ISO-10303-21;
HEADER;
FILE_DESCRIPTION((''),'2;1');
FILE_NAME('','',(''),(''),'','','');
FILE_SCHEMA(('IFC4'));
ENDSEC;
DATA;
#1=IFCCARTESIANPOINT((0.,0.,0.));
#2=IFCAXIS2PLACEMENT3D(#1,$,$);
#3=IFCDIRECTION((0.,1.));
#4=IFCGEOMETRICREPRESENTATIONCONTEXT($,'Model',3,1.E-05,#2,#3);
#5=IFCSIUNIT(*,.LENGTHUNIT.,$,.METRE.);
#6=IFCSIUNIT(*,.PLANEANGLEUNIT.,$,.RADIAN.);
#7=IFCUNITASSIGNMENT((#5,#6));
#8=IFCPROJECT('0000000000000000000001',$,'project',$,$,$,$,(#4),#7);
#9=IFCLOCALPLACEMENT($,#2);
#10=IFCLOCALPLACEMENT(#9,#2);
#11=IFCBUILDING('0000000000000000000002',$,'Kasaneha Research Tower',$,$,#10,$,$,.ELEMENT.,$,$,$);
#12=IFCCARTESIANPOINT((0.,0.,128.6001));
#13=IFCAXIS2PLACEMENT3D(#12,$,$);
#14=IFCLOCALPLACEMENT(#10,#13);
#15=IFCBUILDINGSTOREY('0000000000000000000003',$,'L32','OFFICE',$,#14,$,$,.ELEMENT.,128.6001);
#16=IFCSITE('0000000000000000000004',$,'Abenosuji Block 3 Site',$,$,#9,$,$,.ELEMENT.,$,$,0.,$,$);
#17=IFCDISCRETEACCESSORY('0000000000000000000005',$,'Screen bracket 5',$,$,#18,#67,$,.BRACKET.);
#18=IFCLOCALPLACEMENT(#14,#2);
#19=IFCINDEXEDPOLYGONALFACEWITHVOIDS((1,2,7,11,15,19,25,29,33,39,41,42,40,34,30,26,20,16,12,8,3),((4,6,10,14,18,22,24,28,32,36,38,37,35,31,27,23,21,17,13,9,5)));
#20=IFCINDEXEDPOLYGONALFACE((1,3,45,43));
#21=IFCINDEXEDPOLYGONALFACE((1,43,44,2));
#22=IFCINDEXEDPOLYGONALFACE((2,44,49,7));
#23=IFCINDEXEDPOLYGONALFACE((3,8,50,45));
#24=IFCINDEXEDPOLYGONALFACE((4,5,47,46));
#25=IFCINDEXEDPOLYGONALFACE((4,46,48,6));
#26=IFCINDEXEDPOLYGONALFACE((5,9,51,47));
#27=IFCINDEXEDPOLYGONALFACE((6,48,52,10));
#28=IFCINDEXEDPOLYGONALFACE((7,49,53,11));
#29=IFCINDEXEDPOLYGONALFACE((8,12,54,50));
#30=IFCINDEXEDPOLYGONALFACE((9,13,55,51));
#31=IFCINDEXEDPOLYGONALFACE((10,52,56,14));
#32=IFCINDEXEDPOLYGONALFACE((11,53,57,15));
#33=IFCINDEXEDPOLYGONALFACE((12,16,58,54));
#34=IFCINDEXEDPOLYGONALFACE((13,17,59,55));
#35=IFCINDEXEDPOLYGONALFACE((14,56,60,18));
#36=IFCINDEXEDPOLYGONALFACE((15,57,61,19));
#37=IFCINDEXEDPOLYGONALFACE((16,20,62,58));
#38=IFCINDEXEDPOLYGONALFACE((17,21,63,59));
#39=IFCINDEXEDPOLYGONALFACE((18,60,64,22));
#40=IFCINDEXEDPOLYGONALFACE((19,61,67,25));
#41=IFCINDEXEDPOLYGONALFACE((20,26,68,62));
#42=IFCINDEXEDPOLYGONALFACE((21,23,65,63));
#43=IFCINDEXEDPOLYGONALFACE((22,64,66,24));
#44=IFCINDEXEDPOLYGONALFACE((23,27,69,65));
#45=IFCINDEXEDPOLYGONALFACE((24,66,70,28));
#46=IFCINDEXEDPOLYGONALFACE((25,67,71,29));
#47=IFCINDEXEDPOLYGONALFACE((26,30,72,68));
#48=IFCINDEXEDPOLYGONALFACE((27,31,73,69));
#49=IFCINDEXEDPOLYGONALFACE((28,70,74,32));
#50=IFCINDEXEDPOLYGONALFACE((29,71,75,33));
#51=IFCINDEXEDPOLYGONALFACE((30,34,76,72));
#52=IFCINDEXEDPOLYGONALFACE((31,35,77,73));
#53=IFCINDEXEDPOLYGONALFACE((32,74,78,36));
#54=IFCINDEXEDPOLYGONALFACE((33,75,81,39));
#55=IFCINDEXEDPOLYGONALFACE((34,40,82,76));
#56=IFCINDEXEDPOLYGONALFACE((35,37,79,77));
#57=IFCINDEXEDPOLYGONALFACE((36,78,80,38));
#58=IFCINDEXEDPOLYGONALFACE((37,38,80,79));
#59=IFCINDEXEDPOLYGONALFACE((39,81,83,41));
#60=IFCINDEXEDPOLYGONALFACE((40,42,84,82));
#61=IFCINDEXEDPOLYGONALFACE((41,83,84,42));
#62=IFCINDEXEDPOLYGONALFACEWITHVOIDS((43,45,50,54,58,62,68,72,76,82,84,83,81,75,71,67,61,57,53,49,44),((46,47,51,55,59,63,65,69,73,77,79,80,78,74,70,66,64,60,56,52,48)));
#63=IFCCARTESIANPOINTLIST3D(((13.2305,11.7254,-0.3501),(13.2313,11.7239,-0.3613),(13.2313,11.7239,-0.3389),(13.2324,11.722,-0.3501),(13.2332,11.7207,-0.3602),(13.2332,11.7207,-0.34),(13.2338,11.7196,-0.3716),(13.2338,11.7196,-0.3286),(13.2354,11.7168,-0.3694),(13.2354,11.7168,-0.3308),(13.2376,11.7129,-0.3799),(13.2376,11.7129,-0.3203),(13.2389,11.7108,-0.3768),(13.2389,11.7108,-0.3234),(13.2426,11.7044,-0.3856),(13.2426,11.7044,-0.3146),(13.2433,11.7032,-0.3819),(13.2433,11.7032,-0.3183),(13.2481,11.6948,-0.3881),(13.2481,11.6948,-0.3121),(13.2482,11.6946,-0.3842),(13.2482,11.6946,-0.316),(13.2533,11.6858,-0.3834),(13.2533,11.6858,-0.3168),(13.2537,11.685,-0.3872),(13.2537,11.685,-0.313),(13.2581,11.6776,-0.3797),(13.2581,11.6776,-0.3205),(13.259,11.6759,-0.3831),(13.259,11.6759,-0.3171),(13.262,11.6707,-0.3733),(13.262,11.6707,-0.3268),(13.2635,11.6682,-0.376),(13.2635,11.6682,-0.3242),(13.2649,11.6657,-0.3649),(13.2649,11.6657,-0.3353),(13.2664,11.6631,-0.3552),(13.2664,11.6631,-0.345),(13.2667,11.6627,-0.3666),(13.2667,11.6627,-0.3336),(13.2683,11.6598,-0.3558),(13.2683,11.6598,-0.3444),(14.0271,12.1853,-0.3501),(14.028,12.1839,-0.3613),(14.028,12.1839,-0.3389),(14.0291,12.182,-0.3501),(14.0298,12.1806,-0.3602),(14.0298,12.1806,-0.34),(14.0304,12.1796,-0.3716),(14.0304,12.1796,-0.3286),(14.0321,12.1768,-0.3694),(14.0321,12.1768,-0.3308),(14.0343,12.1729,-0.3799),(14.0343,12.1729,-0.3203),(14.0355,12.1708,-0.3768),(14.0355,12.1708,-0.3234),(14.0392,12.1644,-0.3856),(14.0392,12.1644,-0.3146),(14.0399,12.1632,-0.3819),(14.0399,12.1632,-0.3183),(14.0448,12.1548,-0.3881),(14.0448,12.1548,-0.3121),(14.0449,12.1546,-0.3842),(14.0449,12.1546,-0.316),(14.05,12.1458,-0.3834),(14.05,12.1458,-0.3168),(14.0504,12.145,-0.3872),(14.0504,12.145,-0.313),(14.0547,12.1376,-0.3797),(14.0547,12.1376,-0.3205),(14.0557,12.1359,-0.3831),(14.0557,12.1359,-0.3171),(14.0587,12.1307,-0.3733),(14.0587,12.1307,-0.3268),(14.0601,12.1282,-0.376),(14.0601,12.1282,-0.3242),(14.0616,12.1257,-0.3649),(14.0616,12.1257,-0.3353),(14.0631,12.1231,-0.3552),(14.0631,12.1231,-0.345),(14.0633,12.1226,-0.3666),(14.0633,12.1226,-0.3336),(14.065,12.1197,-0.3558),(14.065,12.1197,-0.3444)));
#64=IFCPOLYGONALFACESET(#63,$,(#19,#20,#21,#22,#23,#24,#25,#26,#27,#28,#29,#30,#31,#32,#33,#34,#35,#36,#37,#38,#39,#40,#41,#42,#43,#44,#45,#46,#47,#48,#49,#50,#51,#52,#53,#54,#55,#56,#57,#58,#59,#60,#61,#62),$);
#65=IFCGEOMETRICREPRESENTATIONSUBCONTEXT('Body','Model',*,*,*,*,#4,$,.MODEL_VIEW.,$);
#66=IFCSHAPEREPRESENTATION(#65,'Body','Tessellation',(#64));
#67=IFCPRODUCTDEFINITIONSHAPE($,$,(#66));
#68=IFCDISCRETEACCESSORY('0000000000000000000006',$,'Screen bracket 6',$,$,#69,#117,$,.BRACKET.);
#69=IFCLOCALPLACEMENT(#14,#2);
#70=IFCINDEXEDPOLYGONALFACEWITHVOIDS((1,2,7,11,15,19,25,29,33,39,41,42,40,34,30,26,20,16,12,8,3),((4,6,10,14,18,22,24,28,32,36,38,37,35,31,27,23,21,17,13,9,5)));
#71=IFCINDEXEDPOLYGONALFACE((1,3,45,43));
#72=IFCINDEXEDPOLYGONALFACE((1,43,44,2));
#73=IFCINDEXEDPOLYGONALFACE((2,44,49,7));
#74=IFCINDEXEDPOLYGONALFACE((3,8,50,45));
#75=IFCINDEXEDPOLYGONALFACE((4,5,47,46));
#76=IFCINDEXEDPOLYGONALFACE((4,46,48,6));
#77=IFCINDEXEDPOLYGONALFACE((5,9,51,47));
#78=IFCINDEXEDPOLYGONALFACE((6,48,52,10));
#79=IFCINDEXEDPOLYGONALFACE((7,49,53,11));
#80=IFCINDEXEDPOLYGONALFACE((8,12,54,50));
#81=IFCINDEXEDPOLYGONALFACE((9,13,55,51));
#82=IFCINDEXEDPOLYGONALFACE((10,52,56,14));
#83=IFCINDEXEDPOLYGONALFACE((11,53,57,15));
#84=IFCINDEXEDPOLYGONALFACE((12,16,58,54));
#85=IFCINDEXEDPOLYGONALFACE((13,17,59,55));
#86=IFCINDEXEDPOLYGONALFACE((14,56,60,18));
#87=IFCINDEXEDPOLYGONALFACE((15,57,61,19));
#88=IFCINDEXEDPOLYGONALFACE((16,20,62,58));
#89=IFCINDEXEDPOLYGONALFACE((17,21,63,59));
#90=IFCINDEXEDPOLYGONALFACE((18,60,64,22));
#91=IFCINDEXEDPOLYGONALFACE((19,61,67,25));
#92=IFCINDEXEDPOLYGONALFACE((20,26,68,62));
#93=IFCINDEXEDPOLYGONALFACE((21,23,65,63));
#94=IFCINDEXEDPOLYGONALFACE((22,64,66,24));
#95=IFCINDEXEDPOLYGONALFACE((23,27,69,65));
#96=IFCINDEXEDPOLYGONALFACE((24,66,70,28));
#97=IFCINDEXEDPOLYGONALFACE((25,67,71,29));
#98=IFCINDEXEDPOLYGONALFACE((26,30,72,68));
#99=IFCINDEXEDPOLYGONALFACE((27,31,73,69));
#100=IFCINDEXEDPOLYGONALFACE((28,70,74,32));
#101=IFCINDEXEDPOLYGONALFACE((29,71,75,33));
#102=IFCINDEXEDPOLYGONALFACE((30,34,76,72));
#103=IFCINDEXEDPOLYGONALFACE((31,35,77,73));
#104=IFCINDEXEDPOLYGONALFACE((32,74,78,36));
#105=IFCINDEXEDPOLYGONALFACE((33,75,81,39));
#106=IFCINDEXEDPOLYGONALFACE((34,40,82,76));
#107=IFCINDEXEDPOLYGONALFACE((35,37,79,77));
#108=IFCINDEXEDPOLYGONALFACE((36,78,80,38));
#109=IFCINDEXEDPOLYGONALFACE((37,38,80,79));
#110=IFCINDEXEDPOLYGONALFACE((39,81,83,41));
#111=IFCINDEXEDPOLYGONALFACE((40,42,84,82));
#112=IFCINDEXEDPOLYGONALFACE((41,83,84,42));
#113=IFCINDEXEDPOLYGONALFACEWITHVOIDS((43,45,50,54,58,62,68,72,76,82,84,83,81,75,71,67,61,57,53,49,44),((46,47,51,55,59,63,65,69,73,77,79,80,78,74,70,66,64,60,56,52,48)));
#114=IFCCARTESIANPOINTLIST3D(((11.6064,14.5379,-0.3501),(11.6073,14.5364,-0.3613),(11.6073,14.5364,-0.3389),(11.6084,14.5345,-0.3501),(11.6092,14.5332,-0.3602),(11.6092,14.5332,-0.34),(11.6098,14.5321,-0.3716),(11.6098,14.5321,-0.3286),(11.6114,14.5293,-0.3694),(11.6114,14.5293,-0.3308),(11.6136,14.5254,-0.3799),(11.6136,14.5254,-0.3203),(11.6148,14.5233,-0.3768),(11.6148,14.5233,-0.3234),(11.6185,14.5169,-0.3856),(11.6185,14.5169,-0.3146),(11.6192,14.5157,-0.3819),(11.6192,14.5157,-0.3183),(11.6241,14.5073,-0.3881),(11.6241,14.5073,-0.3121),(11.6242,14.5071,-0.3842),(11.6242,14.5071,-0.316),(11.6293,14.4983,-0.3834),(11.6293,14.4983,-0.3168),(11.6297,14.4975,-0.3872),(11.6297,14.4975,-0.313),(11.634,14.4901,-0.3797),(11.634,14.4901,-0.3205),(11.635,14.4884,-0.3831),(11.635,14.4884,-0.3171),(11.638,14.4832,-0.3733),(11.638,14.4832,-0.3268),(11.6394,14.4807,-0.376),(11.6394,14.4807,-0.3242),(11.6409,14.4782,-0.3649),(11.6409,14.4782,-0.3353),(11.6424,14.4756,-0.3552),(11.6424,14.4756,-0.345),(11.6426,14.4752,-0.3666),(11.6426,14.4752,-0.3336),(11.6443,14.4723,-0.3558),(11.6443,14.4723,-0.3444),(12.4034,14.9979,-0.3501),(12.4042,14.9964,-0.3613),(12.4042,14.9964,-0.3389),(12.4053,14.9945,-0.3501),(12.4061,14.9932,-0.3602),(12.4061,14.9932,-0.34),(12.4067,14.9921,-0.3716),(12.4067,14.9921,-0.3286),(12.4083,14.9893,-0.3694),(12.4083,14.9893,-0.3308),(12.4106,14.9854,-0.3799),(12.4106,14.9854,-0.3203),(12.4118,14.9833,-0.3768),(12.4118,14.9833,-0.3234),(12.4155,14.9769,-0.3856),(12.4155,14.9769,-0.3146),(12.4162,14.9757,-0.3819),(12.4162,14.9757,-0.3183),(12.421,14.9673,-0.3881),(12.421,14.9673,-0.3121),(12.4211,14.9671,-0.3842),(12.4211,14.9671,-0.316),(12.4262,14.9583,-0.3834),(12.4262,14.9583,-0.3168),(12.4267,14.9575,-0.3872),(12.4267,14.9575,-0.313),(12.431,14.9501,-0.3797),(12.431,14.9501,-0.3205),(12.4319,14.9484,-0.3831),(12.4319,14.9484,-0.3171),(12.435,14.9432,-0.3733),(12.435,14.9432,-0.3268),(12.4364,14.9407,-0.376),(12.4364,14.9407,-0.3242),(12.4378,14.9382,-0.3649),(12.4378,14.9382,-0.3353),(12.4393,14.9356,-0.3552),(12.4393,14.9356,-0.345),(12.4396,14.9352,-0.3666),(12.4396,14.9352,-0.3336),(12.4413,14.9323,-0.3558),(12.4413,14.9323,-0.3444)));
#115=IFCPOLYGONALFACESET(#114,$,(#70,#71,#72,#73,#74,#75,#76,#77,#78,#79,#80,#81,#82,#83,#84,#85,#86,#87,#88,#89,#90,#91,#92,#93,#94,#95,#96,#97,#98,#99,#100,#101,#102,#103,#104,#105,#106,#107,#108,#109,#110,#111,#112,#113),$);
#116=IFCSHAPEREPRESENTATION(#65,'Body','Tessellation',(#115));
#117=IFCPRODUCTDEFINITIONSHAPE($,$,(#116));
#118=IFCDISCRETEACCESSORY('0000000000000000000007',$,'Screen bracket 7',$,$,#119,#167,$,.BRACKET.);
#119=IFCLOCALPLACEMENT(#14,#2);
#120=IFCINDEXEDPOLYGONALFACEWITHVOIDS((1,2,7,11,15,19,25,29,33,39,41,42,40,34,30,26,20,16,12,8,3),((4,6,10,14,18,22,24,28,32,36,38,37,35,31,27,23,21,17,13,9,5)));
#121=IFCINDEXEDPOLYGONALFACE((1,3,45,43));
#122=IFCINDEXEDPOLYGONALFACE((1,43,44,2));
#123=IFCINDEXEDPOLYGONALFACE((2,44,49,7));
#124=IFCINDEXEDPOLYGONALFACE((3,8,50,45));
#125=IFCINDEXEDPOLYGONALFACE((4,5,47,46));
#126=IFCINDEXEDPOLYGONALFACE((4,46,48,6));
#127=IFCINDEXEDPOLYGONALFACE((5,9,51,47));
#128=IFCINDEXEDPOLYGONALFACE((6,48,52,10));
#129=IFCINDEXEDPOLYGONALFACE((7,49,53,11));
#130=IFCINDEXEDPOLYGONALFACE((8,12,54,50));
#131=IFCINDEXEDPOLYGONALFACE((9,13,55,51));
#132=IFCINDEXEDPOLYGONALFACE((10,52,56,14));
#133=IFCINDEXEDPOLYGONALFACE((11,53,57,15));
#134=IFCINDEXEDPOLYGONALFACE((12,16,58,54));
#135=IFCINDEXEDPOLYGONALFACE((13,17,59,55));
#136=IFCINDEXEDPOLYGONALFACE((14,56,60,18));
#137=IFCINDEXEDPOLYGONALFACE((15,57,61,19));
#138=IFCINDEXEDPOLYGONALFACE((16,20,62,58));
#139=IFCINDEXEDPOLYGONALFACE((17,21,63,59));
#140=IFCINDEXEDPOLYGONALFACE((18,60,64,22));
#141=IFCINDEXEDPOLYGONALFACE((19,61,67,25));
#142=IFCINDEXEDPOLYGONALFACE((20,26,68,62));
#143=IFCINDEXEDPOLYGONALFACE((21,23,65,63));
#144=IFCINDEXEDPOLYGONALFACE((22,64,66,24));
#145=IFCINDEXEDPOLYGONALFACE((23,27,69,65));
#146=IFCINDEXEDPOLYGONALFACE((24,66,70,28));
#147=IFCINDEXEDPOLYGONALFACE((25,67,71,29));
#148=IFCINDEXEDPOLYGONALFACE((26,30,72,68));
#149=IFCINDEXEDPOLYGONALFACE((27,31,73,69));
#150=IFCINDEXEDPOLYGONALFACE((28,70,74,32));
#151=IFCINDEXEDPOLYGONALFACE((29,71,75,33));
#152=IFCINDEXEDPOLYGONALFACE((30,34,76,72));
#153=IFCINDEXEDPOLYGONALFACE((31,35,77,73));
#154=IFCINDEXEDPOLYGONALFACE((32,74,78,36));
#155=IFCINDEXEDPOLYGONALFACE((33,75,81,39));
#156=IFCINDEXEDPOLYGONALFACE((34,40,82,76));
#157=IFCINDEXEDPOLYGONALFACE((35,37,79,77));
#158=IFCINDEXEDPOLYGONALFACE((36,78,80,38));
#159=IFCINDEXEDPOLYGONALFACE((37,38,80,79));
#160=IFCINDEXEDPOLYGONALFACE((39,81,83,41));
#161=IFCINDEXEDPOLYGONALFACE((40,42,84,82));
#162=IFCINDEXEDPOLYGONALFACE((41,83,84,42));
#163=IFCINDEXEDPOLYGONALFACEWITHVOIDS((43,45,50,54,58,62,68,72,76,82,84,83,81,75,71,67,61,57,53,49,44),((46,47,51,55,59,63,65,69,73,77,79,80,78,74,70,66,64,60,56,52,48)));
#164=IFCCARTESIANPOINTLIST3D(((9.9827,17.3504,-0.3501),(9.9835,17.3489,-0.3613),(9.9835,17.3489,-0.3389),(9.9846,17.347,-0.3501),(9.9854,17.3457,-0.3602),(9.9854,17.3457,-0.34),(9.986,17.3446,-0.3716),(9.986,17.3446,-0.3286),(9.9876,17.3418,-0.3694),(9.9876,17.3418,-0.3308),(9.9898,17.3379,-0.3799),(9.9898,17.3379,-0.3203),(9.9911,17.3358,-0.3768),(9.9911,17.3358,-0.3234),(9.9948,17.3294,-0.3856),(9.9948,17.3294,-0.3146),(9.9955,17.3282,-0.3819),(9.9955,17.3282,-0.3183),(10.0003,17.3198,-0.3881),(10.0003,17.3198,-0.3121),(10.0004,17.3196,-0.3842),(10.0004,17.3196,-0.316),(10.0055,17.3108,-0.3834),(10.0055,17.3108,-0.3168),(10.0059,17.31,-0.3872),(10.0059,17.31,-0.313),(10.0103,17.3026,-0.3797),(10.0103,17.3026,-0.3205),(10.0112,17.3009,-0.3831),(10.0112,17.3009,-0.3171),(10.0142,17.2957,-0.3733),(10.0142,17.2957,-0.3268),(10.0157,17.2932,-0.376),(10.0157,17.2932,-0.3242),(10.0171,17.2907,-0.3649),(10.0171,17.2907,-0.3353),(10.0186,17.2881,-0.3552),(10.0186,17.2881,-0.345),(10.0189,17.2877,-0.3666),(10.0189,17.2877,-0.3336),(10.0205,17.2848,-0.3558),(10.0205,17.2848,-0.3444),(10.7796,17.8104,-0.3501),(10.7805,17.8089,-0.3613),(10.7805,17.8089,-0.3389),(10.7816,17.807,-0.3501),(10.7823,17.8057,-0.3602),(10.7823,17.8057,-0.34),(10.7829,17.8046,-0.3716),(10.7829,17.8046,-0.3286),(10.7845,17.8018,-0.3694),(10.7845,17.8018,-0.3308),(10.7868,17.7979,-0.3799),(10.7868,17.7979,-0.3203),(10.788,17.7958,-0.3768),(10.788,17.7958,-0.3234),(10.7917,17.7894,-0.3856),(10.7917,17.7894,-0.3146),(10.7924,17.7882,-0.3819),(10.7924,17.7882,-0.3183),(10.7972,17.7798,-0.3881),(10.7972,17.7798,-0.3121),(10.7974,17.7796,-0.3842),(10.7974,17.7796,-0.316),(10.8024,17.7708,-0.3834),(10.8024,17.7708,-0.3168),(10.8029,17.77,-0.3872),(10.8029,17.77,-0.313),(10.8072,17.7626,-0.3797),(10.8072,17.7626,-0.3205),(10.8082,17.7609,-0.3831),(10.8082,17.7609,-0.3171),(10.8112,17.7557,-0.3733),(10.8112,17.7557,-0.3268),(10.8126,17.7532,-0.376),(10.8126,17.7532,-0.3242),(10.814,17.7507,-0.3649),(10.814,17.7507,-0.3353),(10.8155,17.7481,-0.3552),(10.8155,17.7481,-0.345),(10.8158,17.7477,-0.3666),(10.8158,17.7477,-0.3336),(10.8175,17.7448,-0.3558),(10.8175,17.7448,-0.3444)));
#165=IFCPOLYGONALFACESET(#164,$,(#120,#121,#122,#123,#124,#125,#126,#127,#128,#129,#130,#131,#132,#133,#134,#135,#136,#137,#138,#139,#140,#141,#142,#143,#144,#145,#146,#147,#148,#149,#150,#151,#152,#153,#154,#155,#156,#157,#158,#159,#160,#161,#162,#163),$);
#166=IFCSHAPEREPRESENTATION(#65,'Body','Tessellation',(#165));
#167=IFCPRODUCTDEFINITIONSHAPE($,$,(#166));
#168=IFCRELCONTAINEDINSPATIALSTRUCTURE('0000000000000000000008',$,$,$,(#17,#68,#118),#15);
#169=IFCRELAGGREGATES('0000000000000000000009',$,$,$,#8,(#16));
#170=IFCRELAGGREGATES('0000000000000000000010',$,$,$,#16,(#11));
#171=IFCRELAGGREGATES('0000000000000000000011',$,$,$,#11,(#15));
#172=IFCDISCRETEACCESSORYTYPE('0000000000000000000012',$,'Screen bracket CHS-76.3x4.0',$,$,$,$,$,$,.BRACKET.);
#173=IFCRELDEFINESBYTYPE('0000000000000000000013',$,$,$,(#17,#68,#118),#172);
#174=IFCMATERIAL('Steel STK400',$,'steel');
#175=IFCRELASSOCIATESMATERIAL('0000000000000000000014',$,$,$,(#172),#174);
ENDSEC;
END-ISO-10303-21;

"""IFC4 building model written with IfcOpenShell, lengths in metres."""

from ifc_helpers import new_model, si_unit, direction, frame, origin, origin_2d, place, context, subcontext, project, spatial, hollow_circle, extrude, material, material_profile, profile_set, type_object, element, save


model = new_model("IFC4")

# Units and contexts
model_context = context("Model", 3, precision=1e-05, world=origin(), true_north=direction((0.0, 1.0)))
body_context = subcontext(model_context, "Body", "Model", "MODEL_VIEW")
ifc_project = project(units=[si_unit("LENGTHUNIT", "METRE"), si_unit("PLANEANGLEUNIT", "RADIAN")], contexts=[model_context])

# Site, building, storey
site_placement = place(None, origin())
site = spatial("IfcSite", under=ifc_project, at=site_placement, Name="Abenosuji Block 3 Site", CompositionType="ELEMENT", RefElevation=0.0)
building_placement = place(site_placement, origin())
building = spatial("IfcBuilding", under=site, at=building_placement, Name="Kasaneha Research Tower", CompositionType="ELEMENT")
storey_placement = place(building_placement, frame((0.0, 0.0, 128.6001)))
storey = spatial("IfcBuildingStorey", under=building, at=storey_placement, Name="L32", Description="OFFICE", CompositionType="ELEMENT", Elevation=128.6001)

# Discrete accessories
ifc_material_1 = material(Name="Steel STK400", Category="steel")
ifc_material_profile_1 = material_profile(ifc_material_1, hollow_circle(Radius=0.0381, WallThickness=0.0039, at=origin_2d()), Name="CHS-76.3x4.0")
ifc_profile_set_1 = profile_set([ifc_material_profile_1], Name="Steel STK400")
discrete_accessory_type = type_object("IfcDiscreteAccessoryType", Name="Screen bracket CHS-76.3x4.0", PredefinedType="BRACKET", material=ifc_profile_set_1)
discrete_accessory_placement = place(storey_placement, frame((13.2495, 11.6924, -0.3501), z_axis=(0.866013, 0.500021, 0.0), x_axis=(-0.500021, 0.866013, 0.0)))
element("IfcDiscreteAccessory", 1, at=discrete_accessory_placement, inside=storey, type_object=discrete_accessory_type, Name="Screen bracket 5", PredefinedType="BRACKET", context=body_context, shape_type="SweptSolid", body=[
    extrude(hollow_circle(Radius=0.0381, WallThickness=0.0039, at=origin_2d()), origin(), (0.0, 0.0, 1.0), 0.9199),
])
for number, where, z_axis, x_axis, name in (
    (2, (11.6255, 14.5049, -0.3501), (0.86608, 0.499906, 0.0), (-0.499906, 0.86608, 0.0), "Screen bracket 6"),
    (3, (10.0017, 17.3174, -0.3501), (0.86608, 0.499906, 0.0), (-0.499906, 0.86608, 0.0), "Screen bracket 7"),
):
    element("IfcDiscreteAccessory", number, at=place(storey_placement, frame(where, z_axis=z_axis, x_axis=x_axis)), inside=storey, type_object=discrete_accessory_type, Name=name, PredefinedType="BRACKET", context=body_context, shape_type="SweptSolid", body=[
        extrude(hollow_circle(Radius=0.0381, WallThickness=0.0039, at=origin_2d()), origin(), (0.0, 0.0, 1.0), 0.9202),
    ])

save(model, "model.ifc")
